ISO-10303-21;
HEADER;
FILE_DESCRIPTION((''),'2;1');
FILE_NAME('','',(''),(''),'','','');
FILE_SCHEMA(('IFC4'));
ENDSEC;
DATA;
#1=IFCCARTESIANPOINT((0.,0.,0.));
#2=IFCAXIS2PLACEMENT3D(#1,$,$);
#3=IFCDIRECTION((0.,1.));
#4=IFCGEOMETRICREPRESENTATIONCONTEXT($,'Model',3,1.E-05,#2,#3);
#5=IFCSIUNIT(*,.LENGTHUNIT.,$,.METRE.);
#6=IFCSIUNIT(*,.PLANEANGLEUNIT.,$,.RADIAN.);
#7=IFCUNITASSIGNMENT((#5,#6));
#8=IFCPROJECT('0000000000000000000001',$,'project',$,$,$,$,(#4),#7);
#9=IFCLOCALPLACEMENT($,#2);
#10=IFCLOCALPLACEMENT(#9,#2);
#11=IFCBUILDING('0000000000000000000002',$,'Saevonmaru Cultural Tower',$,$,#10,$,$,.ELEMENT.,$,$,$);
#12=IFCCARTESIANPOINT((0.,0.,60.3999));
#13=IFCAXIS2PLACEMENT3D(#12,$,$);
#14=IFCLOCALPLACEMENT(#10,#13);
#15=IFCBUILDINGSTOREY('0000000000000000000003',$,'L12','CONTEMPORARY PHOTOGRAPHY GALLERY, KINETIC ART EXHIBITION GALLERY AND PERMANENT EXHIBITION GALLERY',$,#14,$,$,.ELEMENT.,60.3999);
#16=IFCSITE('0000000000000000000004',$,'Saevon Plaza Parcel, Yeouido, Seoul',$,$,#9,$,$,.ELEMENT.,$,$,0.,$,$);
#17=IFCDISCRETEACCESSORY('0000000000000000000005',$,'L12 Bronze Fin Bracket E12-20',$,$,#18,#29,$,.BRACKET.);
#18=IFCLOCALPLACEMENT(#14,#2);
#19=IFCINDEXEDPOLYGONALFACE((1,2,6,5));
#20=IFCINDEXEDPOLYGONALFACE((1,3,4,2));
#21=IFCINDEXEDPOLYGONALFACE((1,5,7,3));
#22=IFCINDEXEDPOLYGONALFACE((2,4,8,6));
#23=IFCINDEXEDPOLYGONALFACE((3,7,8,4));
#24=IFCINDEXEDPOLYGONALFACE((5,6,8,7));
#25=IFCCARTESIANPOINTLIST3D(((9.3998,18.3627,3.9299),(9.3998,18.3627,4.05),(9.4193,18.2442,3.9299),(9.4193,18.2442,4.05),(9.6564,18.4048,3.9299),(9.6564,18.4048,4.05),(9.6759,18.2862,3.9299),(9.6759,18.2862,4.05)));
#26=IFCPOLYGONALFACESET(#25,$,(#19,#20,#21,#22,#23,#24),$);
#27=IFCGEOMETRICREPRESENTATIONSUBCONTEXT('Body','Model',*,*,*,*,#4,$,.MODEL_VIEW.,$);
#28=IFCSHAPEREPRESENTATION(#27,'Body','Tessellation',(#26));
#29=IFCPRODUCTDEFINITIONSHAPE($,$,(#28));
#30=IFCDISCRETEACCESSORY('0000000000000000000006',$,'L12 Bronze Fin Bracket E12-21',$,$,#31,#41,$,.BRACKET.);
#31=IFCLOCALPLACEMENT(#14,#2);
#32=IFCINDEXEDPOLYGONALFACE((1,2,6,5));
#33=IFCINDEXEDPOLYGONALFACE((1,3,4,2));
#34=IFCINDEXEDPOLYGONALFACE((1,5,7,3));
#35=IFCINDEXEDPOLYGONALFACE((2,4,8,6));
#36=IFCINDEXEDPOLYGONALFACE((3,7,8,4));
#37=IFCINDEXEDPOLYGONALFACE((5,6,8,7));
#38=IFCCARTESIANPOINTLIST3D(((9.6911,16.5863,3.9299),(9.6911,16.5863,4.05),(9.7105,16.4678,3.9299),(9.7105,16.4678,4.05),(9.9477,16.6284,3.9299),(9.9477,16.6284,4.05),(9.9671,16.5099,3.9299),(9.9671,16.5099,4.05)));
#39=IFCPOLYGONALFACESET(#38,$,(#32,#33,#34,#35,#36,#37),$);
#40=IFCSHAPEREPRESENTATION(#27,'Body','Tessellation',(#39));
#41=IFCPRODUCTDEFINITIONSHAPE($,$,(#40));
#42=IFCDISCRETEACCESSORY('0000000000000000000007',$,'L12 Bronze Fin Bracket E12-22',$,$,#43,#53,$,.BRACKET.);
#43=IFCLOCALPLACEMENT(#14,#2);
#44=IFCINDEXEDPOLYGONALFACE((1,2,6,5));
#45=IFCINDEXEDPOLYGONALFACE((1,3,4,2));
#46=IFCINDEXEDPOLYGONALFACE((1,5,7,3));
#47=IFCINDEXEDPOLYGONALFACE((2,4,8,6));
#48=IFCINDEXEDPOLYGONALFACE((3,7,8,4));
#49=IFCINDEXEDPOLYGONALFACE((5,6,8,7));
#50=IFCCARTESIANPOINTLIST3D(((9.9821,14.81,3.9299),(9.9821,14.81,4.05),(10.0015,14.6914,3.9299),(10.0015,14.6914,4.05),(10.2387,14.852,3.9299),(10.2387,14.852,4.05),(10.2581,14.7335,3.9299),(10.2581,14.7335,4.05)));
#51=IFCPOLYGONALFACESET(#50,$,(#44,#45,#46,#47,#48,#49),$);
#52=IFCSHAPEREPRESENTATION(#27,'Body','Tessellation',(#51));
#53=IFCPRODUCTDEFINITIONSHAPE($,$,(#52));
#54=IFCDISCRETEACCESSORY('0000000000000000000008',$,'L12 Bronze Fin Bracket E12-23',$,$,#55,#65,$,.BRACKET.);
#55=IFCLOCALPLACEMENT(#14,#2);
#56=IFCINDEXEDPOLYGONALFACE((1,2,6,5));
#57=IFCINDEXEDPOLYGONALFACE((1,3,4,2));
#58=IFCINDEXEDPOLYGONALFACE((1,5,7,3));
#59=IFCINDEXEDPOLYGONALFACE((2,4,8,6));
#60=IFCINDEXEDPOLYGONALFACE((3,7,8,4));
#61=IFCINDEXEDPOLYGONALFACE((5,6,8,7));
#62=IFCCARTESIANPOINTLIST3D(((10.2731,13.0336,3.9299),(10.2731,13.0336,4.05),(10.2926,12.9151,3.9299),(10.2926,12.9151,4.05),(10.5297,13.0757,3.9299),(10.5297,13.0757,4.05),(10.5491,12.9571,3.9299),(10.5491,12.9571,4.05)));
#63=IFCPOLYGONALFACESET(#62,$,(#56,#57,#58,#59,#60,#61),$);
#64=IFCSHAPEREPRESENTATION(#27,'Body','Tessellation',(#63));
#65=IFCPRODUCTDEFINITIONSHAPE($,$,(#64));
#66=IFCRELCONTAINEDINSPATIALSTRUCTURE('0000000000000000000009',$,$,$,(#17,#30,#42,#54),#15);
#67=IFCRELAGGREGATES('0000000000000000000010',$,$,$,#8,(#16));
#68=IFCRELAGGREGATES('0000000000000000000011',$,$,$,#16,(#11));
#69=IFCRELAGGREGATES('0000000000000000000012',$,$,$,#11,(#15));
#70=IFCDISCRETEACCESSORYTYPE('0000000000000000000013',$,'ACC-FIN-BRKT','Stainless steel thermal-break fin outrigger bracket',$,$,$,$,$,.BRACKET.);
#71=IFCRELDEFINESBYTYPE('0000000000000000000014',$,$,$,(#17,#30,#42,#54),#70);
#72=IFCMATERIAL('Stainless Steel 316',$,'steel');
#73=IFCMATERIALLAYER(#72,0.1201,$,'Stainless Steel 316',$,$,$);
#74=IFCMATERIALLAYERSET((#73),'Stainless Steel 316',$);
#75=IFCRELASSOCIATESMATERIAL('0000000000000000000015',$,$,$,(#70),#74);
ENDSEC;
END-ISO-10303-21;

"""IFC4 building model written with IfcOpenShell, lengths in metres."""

from ifc_helpers import new_model, si_unit, direction, frame, origin, origin_2d, place, context, subcontext, project, spatial, rectangle, extrude, material, layer, layer_set, type_object, element, save


model = new_model("IFC4")

# Units and contexts
model_context = context("Model", 3, precision=1e-05, world=origin(), true_north=direction((0.0, 1.0)))
body_context = subcontext(model_context, "Body", "Model", "MODEL_VIEW")
ifc_project = project(units=[si_unit("LENGTHUNIT", "METRE"), si_unit("PLANEANGLEUNIT", "RADIAN")], contexts=[model_context])

# Site, building, storey
site_placement = place(None, origin())
site = spatial("IfcSite", under=ifc_project, at=site_placement, Name="Saevon Plaza Parcel, Yeouido, Seoul", CompositionType="ELEMENT", RefElevation=0.0)
building_placement = place(site_placement, origin())
building = spatial("IfcBuilding", under=site, at=building_placement, Name="Saevonmaru Cultural Tower", CompositionType="ELEMENT")
storey_placement = place(building_placement, frame((0.0, 0.0, 60.3999)))
storey = spatial("IfcBuildingStorey", under=building, at=storey_placement, Name="L12", Description="CONTEMPORARY PHOTOGRAPHY GALLERY, KINETIC ART EXHIBITION GALLERY AND PERMANENT EXHIBITION GALLERY", CompositionType="ELEMENT", Elevation=60.3999)

# Discrete accessories
ifc_material_1 = material(Name="Stainless Steel 316", Category="steel")
ifc_layer_1 = layer(ifc_material_1, 0.1201, Name="Stainless Steel 316")
ifc_layer_set_1 = layer_set([ifc_layer_1], Name="Stainless Steel 316")
discrete_accessory_type = type_object("IfcDiscreteAccessoryType", Name="ACC-FIN-BRKT", Description="Stainless steel thermal-break fin outrigger bracket", PredefinedType="BRACKET", material=ifc_layer_set_1)
for number, where, z_axis, x_axis, name in (
    (1, (9.5378, 18.3245, 3.9299), (0.0, 0.0, 1.0), (-0.986827, -0.161776, 0.0), "L12 Bronze Fin Bracket E12-20"),
    (2, (9.8291, 16.5481, 3.9299), (0.0, 0.0, 1.0), (-0.986827, -0.161776, 0.0), "L12 Bronze Fin Bracket E12-21"),
    (3, (10.1201, 14.7717, 3.9299), (0.0, 0.0, 1.0), (-0.986827, -0.161776, 0.0), "L12 Bronze Fin Bracket E12-22"),
    (4, (10.4111, 12.9954, 3.9299), (0.0, 0.0, 1.0), (-0.986827, -0.161776, 0.0), "L12 Bronze Fin Bracket E12-23"),
):
    element("IfcDiscreteAccessory", number, at=place(storey_placement, frame(where, z_axis=z_axis, x_axis=x_axis)), inside=storey, type_object=discrete_accessory_type, Name=name, PredefinedType="BRACKET", context=body_context, shape_type="SweptSolid", body=[
        extrude(rectangle(XDim=0.26, YDim=0.1201, at=origin_2d()), origin(), (0.0, 0.0, 1.0), 0.1201),
    ])

save(model, "model.ifc")
